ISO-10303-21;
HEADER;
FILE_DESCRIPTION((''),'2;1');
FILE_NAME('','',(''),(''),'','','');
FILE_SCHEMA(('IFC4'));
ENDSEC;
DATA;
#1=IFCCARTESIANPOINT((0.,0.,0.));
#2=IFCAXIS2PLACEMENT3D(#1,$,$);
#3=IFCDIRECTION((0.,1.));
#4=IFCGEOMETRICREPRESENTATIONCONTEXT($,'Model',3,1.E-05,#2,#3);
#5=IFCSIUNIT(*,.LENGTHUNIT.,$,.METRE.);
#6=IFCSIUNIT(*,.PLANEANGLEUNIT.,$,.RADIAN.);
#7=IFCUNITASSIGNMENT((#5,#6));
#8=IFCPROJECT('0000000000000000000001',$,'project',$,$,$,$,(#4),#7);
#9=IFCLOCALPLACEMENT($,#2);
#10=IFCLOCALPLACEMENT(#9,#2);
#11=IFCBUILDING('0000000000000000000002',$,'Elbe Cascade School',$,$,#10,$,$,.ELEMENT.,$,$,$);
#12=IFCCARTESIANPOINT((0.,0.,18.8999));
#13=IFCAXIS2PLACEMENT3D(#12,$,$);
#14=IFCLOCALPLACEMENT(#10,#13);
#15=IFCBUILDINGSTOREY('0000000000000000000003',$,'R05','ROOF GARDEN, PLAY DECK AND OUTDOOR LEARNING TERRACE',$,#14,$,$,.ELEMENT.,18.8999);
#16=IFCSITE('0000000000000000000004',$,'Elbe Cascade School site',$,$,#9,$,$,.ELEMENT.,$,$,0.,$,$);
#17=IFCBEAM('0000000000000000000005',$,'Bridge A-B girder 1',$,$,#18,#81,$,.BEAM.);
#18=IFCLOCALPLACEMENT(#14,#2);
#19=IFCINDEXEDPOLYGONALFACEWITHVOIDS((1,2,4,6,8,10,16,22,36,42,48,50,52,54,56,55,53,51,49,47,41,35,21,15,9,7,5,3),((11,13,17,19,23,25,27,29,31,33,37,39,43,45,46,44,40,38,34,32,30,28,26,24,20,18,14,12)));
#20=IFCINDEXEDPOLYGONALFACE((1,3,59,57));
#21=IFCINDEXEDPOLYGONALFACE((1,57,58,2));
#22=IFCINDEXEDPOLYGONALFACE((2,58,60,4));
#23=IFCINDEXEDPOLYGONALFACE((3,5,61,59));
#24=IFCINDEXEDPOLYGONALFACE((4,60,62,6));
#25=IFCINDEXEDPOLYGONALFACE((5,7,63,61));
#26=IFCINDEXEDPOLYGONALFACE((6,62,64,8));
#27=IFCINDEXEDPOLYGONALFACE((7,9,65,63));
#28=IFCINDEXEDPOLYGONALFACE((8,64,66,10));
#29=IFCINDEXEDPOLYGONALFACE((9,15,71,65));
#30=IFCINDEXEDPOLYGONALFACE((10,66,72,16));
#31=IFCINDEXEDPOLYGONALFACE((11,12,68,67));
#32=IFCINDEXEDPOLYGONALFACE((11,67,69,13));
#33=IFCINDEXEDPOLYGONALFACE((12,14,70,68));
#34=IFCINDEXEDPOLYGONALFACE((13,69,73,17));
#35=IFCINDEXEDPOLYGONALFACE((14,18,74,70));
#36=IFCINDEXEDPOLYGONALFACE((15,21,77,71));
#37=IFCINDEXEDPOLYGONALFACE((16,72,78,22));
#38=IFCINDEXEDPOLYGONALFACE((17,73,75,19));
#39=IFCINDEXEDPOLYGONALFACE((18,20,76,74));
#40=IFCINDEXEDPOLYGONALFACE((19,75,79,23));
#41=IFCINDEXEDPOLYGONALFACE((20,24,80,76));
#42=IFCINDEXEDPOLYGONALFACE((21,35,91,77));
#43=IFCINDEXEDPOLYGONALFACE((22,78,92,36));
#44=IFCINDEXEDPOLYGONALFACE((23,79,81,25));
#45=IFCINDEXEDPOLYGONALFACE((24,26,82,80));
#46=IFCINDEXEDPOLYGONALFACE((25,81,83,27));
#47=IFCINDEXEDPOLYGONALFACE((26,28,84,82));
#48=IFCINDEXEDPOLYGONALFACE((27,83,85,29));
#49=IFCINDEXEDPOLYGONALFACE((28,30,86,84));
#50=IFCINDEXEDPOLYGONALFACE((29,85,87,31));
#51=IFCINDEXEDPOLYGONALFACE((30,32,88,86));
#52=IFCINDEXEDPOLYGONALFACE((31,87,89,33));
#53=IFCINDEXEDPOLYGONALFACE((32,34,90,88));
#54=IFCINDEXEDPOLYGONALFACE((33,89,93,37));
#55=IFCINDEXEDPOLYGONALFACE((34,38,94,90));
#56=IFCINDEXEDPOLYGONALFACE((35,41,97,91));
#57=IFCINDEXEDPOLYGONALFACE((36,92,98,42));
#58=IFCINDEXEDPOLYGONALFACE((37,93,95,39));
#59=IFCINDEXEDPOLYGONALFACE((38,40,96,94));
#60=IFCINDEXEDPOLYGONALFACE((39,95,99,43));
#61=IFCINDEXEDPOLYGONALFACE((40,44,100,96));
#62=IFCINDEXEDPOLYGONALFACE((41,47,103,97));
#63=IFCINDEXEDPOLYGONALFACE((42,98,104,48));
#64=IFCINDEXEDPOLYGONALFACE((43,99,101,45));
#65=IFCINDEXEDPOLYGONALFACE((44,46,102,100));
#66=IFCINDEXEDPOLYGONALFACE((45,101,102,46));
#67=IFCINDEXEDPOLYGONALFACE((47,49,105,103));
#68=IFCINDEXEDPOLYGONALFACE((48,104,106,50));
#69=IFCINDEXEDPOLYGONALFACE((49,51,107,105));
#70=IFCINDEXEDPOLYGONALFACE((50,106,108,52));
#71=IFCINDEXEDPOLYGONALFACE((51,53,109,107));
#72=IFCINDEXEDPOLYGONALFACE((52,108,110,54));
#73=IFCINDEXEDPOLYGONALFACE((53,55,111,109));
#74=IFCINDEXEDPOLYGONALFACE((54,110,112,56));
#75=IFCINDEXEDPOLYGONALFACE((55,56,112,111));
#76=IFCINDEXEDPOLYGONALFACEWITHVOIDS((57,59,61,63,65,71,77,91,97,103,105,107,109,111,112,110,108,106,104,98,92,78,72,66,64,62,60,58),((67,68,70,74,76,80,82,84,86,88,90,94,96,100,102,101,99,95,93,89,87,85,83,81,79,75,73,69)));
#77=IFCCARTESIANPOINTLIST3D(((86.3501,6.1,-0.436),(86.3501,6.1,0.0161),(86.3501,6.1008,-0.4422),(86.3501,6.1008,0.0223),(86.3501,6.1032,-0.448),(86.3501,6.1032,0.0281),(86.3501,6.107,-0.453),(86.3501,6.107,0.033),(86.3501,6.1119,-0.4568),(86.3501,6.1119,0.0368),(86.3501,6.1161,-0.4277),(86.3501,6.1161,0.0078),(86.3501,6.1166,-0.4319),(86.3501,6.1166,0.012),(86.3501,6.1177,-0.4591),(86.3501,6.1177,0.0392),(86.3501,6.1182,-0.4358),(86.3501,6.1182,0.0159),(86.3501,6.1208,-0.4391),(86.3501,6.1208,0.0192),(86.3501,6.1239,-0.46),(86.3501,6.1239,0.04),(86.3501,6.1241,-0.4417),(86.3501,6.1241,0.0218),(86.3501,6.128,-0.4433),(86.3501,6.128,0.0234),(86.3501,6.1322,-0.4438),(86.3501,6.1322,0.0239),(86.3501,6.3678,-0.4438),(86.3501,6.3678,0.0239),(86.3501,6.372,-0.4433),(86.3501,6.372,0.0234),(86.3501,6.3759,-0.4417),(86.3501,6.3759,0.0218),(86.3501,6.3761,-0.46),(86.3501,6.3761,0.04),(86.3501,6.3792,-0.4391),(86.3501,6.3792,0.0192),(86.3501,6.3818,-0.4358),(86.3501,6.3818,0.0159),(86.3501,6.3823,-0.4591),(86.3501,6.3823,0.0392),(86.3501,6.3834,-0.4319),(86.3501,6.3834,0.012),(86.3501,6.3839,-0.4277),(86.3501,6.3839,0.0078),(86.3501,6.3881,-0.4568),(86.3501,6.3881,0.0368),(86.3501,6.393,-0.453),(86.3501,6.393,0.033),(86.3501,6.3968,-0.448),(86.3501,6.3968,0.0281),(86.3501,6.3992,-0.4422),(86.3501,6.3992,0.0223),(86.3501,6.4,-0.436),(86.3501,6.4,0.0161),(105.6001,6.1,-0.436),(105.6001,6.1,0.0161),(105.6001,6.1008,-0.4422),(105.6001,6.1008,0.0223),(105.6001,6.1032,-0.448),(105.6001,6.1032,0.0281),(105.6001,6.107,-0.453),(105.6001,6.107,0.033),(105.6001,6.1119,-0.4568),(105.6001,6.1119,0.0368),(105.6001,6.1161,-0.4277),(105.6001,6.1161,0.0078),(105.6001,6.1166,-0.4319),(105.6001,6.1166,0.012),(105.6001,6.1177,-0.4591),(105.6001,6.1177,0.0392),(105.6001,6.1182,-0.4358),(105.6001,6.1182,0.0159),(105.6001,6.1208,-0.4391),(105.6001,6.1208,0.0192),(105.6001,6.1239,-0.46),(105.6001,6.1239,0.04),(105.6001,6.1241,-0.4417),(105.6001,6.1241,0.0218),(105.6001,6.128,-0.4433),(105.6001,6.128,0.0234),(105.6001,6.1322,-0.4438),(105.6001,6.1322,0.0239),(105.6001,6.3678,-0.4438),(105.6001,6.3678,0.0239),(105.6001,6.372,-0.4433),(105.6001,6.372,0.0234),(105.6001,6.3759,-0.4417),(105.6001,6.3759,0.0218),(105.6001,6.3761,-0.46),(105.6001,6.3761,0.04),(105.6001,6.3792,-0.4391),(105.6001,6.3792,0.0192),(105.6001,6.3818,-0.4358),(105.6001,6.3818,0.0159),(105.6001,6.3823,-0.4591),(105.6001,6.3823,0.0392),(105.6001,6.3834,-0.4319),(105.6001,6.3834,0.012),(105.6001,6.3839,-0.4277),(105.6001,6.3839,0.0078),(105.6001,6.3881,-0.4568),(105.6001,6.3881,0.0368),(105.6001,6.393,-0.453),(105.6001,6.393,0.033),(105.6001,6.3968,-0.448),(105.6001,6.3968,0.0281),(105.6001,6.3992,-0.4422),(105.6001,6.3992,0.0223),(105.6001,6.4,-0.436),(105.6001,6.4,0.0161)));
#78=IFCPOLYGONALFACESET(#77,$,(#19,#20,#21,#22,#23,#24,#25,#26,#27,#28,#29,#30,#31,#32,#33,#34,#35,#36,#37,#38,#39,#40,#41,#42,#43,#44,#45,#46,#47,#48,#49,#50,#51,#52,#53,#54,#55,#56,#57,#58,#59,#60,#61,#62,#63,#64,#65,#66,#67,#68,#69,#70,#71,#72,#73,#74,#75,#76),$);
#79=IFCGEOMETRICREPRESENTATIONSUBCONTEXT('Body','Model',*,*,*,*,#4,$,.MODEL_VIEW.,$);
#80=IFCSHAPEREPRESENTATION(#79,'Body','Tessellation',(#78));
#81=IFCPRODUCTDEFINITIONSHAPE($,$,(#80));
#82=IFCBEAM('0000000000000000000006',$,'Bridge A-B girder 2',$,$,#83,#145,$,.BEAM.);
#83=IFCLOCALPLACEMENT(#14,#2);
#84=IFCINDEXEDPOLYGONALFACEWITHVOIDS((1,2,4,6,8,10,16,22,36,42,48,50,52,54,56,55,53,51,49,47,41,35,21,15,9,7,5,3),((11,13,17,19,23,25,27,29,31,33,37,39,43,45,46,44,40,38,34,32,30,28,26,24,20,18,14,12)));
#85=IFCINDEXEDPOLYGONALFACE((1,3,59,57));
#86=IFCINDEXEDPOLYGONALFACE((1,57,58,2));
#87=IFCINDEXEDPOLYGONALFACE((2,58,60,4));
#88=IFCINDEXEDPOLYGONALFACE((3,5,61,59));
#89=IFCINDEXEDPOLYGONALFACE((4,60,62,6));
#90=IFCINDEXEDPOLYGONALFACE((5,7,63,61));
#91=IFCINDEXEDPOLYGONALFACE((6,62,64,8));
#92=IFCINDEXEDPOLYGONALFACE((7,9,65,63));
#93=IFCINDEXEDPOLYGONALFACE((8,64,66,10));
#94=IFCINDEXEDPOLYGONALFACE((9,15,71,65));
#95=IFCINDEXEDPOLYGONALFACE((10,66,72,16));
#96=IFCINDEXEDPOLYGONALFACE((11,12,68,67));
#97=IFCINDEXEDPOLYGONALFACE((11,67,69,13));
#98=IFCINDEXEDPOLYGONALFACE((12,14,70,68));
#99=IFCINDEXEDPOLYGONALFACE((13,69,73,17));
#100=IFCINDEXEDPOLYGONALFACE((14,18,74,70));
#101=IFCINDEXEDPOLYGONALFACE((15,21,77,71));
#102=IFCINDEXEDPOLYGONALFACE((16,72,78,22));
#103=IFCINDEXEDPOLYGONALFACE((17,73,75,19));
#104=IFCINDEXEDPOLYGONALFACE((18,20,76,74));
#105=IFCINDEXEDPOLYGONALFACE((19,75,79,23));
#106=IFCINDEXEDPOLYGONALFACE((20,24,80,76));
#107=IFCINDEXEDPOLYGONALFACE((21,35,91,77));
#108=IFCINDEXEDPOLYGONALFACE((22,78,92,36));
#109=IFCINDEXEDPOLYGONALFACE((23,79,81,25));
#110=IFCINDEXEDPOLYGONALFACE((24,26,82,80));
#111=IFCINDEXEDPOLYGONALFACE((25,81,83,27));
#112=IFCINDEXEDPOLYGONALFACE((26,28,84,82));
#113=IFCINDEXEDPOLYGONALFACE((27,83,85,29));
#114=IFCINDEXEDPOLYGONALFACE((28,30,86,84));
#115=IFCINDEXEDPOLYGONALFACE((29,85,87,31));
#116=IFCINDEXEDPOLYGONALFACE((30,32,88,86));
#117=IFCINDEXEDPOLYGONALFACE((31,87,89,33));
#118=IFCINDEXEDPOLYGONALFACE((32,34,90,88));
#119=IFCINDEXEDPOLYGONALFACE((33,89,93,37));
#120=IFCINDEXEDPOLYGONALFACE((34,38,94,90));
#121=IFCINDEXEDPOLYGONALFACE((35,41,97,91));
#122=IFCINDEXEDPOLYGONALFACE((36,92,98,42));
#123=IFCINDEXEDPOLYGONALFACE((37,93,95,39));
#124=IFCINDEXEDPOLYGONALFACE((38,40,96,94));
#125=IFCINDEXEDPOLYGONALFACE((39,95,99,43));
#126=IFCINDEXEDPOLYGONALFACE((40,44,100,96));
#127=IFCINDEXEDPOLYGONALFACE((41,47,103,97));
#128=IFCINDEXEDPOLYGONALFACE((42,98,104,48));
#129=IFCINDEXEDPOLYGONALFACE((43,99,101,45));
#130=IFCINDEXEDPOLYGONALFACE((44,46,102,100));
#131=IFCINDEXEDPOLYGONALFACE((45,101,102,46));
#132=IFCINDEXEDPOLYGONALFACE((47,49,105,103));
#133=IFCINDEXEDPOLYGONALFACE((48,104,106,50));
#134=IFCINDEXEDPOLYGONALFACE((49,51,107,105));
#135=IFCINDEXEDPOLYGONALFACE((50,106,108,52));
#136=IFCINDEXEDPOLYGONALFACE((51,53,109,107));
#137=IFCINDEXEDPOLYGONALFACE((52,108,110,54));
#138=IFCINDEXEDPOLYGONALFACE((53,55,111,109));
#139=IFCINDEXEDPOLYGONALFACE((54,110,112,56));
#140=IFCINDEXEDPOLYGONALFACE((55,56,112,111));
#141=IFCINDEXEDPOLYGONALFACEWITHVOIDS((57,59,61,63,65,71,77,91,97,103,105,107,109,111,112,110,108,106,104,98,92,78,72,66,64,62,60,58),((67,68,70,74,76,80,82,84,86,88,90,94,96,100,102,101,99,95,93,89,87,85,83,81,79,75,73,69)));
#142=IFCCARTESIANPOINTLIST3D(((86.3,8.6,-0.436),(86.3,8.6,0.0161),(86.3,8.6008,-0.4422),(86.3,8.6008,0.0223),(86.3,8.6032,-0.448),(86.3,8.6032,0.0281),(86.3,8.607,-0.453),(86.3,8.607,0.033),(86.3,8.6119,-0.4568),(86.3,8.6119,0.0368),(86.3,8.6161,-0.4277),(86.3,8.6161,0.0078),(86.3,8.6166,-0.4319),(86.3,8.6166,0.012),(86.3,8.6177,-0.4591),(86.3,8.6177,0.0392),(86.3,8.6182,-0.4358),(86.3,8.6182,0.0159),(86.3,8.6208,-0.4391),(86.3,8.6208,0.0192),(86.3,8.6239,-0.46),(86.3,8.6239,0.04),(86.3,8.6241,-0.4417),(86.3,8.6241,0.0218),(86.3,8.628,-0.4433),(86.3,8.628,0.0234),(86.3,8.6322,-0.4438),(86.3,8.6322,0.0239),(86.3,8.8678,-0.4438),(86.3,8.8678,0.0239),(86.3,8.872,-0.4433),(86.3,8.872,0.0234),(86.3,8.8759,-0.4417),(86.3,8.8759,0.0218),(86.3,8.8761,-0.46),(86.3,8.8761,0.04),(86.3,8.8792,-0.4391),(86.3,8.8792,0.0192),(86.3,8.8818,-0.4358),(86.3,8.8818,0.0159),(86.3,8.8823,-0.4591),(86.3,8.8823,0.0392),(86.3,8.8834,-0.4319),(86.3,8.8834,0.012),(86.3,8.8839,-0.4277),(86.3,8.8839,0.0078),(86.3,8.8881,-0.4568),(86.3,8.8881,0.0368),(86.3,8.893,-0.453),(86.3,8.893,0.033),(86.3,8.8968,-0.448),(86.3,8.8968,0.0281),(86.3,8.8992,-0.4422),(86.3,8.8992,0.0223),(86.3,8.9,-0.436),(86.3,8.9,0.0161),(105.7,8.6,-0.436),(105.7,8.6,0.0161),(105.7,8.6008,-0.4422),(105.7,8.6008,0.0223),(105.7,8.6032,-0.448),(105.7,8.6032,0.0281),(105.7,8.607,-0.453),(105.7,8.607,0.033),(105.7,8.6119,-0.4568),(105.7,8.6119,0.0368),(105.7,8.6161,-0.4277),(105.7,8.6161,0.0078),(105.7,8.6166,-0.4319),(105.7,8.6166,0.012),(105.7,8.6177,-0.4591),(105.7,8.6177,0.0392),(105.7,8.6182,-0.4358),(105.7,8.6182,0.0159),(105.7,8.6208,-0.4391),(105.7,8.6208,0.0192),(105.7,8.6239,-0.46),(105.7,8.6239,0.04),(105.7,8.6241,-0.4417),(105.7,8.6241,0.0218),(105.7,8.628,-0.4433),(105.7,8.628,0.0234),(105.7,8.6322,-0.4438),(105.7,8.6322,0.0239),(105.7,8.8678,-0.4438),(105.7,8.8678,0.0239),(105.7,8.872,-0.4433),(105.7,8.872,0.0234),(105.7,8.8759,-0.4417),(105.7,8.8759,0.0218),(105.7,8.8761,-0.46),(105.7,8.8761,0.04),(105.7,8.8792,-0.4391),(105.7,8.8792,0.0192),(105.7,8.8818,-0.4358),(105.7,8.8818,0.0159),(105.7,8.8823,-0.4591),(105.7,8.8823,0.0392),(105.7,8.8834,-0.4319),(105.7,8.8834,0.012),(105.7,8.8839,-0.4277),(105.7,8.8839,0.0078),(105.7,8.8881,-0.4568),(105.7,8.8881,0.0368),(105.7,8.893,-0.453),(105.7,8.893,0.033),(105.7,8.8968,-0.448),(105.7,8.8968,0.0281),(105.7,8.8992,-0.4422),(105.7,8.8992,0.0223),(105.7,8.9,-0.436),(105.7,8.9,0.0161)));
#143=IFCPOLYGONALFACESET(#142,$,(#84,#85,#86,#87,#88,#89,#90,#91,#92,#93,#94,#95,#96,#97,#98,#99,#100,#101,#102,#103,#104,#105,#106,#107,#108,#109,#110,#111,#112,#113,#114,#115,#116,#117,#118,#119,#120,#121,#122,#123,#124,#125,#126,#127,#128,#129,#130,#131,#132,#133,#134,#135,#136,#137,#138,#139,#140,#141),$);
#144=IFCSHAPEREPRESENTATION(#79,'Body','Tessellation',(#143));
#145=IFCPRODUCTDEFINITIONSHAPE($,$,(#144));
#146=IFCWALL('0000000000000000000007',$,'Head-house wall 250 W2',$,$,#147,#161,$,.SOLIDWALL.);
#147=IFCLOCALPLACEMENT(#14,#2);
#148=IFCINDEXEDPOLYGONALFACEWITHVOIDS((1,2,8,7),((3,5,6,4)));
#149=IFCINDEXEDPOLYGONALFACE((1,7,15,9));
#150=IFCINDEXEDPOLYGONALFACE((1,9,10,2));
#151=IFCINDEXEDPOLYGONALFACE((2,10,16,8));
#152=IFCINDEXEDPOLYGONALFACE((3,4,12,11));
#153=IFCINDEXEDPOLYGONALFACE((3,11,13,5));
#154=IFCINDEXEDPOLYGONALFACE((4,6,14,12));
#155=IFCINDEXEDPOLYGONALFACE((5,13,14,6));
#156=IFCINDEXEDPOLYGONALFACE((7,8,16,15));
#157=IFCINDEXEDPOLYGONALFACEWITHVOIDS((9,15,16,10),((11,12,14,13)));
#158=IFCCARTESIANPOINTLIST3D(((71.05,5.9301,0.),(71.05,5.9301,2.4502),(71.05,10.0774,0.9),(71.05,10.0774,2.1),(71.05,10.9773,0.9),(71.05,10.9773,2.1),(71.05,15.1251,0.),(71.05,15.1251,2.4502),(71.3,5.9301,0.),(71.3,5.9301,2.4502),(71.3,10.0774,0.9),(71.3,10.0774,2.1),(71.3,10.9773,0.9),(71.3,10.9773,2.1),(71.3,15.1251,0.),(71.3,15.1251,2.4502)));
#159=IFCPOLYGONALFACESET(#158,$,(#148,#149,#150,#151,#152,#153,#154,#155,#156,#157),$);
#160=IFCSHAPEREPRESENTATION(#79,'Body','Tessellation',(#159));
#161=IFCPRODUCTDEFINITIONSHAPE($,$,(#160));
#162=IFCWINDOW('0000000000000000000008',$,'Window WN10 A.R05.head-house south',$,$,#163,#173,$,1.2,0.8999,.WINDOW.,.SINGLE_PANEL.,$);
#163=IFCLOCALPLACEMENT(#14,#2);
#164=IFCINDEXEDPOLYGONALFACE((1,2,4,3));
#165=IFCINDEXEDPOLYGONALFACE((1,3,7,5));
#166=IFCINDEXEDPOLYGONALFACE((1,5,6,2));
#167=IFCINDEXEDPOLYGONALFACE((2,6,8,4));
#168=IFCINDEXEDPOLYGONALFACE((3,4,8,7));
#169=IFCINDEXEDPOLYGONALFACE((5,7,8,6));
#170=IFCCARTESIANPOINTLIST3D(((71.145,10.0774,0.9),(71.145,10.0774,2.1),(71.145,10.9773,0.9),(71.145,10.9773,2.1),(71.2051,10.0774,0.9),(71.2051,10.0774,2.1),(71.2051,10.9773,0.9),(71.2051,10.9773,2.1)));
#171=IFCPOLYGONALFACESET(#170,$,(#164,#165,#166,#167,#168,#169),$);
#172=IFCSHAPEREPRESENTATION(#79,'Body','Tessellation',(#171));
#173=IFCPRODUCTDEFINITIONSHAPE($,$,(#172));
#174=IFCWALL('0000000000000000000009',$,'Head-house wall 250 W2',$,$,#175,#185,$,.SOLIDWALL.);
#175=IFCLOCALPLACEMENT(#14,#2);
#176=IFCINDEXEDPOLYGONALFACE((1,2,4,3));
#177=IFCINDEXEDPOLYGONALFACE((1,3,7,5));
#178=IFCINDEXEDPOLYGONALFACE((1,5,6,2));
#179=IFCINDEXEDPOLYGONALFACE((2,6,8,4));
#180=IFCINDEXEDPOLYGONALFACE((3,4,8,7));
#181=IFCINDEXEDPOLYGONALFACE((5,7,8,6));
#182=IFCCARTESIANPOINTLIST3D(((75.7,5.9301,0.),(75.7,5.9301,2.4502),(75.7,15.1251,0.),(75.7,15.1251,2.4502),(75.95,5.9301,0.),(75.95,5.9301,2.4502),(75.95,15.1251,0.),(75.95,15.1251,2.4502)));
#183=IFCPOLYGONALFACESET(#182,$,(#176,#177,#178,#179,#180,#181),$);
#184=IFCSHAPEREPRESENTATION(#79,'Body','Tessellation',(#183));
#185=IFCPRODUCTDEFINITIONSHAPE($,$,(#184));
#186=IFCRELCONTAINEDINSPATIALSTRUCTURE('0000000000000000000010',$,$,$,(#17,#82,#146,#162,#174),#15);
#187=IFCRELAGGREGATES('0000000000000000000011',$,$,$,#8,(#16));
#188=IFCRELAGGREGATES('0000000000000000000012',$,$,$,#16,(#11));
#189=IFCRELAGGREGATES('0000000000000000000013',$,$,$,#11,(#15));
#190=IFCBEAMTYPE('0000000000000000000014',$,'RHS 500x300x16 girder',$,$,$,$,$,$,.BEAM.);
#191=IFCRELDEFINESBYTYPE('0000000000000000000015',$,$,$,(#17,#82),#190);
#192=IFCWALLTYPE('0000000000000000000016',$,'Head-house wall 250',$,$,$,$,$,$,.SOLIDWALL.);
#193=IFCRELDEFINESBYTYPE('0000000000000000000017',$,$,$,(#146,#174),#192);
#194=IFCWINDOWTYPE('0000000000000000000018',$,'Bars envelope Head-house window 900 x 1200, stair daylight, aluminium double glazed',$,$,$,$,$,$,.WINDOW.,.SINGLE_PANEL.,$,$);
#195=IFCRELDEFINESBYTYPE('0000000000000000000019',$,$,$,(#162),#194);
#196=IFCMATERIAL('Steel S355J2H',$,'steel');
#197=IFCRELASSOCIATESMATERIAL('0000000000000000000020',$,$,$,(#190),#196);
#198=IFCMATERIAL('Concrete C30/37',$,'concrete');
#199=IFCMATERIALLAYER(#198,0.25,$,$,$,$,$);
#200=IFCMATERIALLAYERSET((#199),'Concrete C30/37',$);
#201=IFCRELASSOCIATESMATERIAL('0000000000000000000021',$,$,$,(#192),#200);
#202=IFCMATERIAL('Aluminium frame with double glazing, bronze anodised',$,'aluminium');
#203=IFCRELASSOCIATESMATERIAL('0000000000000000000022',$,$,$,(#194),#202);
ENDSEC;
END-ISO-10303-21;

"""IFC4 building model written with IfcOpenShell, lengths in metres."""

from ifc_helpers import new_model, si_unit, direction, frame, frame_2d, origin, origin_2d, place, context, subcontext, project, spatial, rectangle, hollow_rectangle, extrude, material, layer, layer_set, material_profile, profile_set, type_object, element, fill, save


model = new_model("IFC4")

# Units and contexts
model_context = context("Model", 3, precision=1e-05, world=origin(), true_north=direction((0.0, 1.0)))
body_context = subcontext(model_context, "Body", "Model", "MODEL_VIEW")
ifc_project = project(units=[si_unit("LENGTHUNIT", "METRE"), si_unit("PLANEANGLEUNIT", "RADIAN")], contexts=[model_context])

# Site, building, storey
site_placement = place(None, origin())
site = spatial("IfcSite", under=ifc_project, at=site_placement, Name="Elbe Cascade School site", CompositionType="ELEMENT", RefElevation=0.0)
building_placement = place(site_placement, origin())
building = spatial("IfcBuilding", under=site, at=building_placement, Name="Elbe Cascade School", CompositionType="ELEMENT")
storey_placement = place(building_placement, frame((0.0, 0.0, 18.8999)))
storey = spatial("IfcBuildingStorey", under=building, at=storey_placement, Name="R05", Description="ROOF GARDEN, PLAY DECK AND OUTDOOR LEARNING TERRACE", CompositionType="ELEMENT", Elevation=18.8999)

# Beams
ifc_material_1 = material(Name="Steel S355J2H", Category="steel")
ifc_material_profile_1 = material_profile(ifc_material_1, hollow_rectangle(XDim=0.3, YDim=0.5, WallThickness=0.0161, InnerFilletRadius=0.0161, OuterFilletRadius=0.0239, at=origin_2d()), Name="RHS 500x300x16")
ifc_profile_set_1 = profile_set([ifc_material_profile_1], Name="Steel S355J2H")
beam_type_1 = type_object("IfcBeamType", Name="RHS 500x300x16 girder", PredefinedType="BEAM", material=ifc_profile_set_1)
beam_1_placement = place(storey_placement, frame((86.3501, 6.25, -0.21), z_axis=(1.0, 0.0, 0.0), x_axis=(0.0, 1.0, 0.0)))
element("IfcBeam", 1, at=beam_1_placement, inside=storey, type_object=beam_type_1, Name="Bridge A-B girder 1", PredefinedType="BEAM", context=body_context, shape_type="SweptSolid", body=[
    extrude(hollow_rectangle(XDim=0.3, YDim=0.5, WallThickness=0.0161, InnerFilletRadius=0.0161, OuterFilletRadius=0.0239, at=origin_2d()), origin(), (0.0, 0.0, 1.0), 19.25),
])
beam_2_placement = place(storey_placement, frame((86.3, 8.75, -0.21), z_axis=(1.0, 0.0, 0.0), x_axis=(0.0, 1.0, 0.0)))
element("IfcBeam", 2, at=beam_2_placement, inside=storey, type_object=beam_type_1, Name="Bridge A-B girder 2", PredefinedType="BEAM", context=body_context, shape_type="SweptSolid", body=[
    extrude(hollow_rectangle(XDim=0.3, YDim=0.5, WallThickness=0.0161, InnerFilletRadius=0.0161, OuterFilletRadius=0.0239, at=origin_2d()), origin(), (0.0, 0.0, 1.0), 19.3999),
])

# Wall, opening, window
ifc_material_2 = material(Name="Concrete C30/37", Category="concrete")
ifc_layer_1 = layer(ifc_material_2, 0.25)
ifc_layer_set_1 = layer_set([ifc_layer_1], Name="Concrete C30/37")
wall_type_1 = type_object("IfcWallType", Name="Head-house wall 250", PredefinedType="SOLIDWALL", material=ifc_layer_set_1)
wall_1_placement = place(storey_placement, frame((71.175, 5.9299, 0.0), z_axis=(0.0, 0.0, 1.0), x_axis=(0.0, 1.0, 0.0)))
wall_1 = element("IfcWall", 3, at=wall_1_placement, inside=storey, type_object=wall_type_1, Name="Head-house wall 250 W2", PredefinedType="SOLIDWALL", context=body_context, shape_type="SweptSolid", body=[
    extrude(rectangle(XDim=9.1951, YDim=0.25, at=frame_2d((4.5977, 0.0))), origin(), (0.0, 0.0, 1.0), 2.4502),
])
opening_1_placement = place(wall_1_placement, frame((4.1475, 0.0, 0.8999)))
opening_1 = element("IfcOpeningElement", 4, at=opening_1_placement, cuts=wall_1, PredefinedType="OPENING", context=body_context, shape_type="SweptSolid", body=[
    extrude(rectangle(XDim=0.8999, YDim=1.2, at=frame_2d((0.45, 0.6001))), frame((0.0, 0.135, 0.0), z_axis=(0.0, -1.0, 0.0), x_axis=(1.0, 0.0, 0.0)), (0.0, 0.0, 1.0), 0.27),
])
ifc_material_3 = material(Name="Aluminium frame with double glazing, bronze anodised", Category="aluminium")
window_type = type_object("IfcWindowType", Name="Bars envelope Head-house window 900 x 1200, stair daylight, aluminium double glazed", PartitioningType="SINGLE_PANEL", PredefinedType="WINDOW", material=ifc_material_3)
window_placement = place(opening_1_placement, origin())
window = element("IfcWindow", 5, at=window_placement, inside=storey, type_object=window_type, Name="Window WN10 A.R05.head-house south", OverallHeight=1.2, OverallWidth=0.8999, PartitioningType="SINGLE_PANEL", PredefinedType="WINDOW", context=body_context, shape_type="SweptSolid", body=[
    extrude(rectangle(XDim=0.8999, YDim=1.2, at=frame_2d((0.45, 0.6001))), frame((0.0, 0.03, 0.0), z_axis=(0.0, -1.0, 0.0), x_axis=(1.0, 0.0, 0.0)), (0.0, 0.0, 1.0), 0.0601),
])
fill(opening_1, window)

# Wall
wall_2_placement = place(storey_placement, frame((75.825, 5.9299, 0.0), z_axis=(0.0, 0.0, 1.0), x_axis=(0.0, 1.0, 0.0)))
element("IfcWall", 6, at=wall_2_placement, inside=storey, type_object=wall_type_1, Name="Head-house wall 250 W2", PredefinedType="SOLIDWALL", context=body_context, shape_type="SweptSolid", body=[
    extrude(rectangle(XDim=9.1951, YDim=0.25, at=frame_2d((4.5977, 0.0))), origin(), (0.0, 0.0, 1.0), 2.4502),
])

save(model, "model.ifc")
